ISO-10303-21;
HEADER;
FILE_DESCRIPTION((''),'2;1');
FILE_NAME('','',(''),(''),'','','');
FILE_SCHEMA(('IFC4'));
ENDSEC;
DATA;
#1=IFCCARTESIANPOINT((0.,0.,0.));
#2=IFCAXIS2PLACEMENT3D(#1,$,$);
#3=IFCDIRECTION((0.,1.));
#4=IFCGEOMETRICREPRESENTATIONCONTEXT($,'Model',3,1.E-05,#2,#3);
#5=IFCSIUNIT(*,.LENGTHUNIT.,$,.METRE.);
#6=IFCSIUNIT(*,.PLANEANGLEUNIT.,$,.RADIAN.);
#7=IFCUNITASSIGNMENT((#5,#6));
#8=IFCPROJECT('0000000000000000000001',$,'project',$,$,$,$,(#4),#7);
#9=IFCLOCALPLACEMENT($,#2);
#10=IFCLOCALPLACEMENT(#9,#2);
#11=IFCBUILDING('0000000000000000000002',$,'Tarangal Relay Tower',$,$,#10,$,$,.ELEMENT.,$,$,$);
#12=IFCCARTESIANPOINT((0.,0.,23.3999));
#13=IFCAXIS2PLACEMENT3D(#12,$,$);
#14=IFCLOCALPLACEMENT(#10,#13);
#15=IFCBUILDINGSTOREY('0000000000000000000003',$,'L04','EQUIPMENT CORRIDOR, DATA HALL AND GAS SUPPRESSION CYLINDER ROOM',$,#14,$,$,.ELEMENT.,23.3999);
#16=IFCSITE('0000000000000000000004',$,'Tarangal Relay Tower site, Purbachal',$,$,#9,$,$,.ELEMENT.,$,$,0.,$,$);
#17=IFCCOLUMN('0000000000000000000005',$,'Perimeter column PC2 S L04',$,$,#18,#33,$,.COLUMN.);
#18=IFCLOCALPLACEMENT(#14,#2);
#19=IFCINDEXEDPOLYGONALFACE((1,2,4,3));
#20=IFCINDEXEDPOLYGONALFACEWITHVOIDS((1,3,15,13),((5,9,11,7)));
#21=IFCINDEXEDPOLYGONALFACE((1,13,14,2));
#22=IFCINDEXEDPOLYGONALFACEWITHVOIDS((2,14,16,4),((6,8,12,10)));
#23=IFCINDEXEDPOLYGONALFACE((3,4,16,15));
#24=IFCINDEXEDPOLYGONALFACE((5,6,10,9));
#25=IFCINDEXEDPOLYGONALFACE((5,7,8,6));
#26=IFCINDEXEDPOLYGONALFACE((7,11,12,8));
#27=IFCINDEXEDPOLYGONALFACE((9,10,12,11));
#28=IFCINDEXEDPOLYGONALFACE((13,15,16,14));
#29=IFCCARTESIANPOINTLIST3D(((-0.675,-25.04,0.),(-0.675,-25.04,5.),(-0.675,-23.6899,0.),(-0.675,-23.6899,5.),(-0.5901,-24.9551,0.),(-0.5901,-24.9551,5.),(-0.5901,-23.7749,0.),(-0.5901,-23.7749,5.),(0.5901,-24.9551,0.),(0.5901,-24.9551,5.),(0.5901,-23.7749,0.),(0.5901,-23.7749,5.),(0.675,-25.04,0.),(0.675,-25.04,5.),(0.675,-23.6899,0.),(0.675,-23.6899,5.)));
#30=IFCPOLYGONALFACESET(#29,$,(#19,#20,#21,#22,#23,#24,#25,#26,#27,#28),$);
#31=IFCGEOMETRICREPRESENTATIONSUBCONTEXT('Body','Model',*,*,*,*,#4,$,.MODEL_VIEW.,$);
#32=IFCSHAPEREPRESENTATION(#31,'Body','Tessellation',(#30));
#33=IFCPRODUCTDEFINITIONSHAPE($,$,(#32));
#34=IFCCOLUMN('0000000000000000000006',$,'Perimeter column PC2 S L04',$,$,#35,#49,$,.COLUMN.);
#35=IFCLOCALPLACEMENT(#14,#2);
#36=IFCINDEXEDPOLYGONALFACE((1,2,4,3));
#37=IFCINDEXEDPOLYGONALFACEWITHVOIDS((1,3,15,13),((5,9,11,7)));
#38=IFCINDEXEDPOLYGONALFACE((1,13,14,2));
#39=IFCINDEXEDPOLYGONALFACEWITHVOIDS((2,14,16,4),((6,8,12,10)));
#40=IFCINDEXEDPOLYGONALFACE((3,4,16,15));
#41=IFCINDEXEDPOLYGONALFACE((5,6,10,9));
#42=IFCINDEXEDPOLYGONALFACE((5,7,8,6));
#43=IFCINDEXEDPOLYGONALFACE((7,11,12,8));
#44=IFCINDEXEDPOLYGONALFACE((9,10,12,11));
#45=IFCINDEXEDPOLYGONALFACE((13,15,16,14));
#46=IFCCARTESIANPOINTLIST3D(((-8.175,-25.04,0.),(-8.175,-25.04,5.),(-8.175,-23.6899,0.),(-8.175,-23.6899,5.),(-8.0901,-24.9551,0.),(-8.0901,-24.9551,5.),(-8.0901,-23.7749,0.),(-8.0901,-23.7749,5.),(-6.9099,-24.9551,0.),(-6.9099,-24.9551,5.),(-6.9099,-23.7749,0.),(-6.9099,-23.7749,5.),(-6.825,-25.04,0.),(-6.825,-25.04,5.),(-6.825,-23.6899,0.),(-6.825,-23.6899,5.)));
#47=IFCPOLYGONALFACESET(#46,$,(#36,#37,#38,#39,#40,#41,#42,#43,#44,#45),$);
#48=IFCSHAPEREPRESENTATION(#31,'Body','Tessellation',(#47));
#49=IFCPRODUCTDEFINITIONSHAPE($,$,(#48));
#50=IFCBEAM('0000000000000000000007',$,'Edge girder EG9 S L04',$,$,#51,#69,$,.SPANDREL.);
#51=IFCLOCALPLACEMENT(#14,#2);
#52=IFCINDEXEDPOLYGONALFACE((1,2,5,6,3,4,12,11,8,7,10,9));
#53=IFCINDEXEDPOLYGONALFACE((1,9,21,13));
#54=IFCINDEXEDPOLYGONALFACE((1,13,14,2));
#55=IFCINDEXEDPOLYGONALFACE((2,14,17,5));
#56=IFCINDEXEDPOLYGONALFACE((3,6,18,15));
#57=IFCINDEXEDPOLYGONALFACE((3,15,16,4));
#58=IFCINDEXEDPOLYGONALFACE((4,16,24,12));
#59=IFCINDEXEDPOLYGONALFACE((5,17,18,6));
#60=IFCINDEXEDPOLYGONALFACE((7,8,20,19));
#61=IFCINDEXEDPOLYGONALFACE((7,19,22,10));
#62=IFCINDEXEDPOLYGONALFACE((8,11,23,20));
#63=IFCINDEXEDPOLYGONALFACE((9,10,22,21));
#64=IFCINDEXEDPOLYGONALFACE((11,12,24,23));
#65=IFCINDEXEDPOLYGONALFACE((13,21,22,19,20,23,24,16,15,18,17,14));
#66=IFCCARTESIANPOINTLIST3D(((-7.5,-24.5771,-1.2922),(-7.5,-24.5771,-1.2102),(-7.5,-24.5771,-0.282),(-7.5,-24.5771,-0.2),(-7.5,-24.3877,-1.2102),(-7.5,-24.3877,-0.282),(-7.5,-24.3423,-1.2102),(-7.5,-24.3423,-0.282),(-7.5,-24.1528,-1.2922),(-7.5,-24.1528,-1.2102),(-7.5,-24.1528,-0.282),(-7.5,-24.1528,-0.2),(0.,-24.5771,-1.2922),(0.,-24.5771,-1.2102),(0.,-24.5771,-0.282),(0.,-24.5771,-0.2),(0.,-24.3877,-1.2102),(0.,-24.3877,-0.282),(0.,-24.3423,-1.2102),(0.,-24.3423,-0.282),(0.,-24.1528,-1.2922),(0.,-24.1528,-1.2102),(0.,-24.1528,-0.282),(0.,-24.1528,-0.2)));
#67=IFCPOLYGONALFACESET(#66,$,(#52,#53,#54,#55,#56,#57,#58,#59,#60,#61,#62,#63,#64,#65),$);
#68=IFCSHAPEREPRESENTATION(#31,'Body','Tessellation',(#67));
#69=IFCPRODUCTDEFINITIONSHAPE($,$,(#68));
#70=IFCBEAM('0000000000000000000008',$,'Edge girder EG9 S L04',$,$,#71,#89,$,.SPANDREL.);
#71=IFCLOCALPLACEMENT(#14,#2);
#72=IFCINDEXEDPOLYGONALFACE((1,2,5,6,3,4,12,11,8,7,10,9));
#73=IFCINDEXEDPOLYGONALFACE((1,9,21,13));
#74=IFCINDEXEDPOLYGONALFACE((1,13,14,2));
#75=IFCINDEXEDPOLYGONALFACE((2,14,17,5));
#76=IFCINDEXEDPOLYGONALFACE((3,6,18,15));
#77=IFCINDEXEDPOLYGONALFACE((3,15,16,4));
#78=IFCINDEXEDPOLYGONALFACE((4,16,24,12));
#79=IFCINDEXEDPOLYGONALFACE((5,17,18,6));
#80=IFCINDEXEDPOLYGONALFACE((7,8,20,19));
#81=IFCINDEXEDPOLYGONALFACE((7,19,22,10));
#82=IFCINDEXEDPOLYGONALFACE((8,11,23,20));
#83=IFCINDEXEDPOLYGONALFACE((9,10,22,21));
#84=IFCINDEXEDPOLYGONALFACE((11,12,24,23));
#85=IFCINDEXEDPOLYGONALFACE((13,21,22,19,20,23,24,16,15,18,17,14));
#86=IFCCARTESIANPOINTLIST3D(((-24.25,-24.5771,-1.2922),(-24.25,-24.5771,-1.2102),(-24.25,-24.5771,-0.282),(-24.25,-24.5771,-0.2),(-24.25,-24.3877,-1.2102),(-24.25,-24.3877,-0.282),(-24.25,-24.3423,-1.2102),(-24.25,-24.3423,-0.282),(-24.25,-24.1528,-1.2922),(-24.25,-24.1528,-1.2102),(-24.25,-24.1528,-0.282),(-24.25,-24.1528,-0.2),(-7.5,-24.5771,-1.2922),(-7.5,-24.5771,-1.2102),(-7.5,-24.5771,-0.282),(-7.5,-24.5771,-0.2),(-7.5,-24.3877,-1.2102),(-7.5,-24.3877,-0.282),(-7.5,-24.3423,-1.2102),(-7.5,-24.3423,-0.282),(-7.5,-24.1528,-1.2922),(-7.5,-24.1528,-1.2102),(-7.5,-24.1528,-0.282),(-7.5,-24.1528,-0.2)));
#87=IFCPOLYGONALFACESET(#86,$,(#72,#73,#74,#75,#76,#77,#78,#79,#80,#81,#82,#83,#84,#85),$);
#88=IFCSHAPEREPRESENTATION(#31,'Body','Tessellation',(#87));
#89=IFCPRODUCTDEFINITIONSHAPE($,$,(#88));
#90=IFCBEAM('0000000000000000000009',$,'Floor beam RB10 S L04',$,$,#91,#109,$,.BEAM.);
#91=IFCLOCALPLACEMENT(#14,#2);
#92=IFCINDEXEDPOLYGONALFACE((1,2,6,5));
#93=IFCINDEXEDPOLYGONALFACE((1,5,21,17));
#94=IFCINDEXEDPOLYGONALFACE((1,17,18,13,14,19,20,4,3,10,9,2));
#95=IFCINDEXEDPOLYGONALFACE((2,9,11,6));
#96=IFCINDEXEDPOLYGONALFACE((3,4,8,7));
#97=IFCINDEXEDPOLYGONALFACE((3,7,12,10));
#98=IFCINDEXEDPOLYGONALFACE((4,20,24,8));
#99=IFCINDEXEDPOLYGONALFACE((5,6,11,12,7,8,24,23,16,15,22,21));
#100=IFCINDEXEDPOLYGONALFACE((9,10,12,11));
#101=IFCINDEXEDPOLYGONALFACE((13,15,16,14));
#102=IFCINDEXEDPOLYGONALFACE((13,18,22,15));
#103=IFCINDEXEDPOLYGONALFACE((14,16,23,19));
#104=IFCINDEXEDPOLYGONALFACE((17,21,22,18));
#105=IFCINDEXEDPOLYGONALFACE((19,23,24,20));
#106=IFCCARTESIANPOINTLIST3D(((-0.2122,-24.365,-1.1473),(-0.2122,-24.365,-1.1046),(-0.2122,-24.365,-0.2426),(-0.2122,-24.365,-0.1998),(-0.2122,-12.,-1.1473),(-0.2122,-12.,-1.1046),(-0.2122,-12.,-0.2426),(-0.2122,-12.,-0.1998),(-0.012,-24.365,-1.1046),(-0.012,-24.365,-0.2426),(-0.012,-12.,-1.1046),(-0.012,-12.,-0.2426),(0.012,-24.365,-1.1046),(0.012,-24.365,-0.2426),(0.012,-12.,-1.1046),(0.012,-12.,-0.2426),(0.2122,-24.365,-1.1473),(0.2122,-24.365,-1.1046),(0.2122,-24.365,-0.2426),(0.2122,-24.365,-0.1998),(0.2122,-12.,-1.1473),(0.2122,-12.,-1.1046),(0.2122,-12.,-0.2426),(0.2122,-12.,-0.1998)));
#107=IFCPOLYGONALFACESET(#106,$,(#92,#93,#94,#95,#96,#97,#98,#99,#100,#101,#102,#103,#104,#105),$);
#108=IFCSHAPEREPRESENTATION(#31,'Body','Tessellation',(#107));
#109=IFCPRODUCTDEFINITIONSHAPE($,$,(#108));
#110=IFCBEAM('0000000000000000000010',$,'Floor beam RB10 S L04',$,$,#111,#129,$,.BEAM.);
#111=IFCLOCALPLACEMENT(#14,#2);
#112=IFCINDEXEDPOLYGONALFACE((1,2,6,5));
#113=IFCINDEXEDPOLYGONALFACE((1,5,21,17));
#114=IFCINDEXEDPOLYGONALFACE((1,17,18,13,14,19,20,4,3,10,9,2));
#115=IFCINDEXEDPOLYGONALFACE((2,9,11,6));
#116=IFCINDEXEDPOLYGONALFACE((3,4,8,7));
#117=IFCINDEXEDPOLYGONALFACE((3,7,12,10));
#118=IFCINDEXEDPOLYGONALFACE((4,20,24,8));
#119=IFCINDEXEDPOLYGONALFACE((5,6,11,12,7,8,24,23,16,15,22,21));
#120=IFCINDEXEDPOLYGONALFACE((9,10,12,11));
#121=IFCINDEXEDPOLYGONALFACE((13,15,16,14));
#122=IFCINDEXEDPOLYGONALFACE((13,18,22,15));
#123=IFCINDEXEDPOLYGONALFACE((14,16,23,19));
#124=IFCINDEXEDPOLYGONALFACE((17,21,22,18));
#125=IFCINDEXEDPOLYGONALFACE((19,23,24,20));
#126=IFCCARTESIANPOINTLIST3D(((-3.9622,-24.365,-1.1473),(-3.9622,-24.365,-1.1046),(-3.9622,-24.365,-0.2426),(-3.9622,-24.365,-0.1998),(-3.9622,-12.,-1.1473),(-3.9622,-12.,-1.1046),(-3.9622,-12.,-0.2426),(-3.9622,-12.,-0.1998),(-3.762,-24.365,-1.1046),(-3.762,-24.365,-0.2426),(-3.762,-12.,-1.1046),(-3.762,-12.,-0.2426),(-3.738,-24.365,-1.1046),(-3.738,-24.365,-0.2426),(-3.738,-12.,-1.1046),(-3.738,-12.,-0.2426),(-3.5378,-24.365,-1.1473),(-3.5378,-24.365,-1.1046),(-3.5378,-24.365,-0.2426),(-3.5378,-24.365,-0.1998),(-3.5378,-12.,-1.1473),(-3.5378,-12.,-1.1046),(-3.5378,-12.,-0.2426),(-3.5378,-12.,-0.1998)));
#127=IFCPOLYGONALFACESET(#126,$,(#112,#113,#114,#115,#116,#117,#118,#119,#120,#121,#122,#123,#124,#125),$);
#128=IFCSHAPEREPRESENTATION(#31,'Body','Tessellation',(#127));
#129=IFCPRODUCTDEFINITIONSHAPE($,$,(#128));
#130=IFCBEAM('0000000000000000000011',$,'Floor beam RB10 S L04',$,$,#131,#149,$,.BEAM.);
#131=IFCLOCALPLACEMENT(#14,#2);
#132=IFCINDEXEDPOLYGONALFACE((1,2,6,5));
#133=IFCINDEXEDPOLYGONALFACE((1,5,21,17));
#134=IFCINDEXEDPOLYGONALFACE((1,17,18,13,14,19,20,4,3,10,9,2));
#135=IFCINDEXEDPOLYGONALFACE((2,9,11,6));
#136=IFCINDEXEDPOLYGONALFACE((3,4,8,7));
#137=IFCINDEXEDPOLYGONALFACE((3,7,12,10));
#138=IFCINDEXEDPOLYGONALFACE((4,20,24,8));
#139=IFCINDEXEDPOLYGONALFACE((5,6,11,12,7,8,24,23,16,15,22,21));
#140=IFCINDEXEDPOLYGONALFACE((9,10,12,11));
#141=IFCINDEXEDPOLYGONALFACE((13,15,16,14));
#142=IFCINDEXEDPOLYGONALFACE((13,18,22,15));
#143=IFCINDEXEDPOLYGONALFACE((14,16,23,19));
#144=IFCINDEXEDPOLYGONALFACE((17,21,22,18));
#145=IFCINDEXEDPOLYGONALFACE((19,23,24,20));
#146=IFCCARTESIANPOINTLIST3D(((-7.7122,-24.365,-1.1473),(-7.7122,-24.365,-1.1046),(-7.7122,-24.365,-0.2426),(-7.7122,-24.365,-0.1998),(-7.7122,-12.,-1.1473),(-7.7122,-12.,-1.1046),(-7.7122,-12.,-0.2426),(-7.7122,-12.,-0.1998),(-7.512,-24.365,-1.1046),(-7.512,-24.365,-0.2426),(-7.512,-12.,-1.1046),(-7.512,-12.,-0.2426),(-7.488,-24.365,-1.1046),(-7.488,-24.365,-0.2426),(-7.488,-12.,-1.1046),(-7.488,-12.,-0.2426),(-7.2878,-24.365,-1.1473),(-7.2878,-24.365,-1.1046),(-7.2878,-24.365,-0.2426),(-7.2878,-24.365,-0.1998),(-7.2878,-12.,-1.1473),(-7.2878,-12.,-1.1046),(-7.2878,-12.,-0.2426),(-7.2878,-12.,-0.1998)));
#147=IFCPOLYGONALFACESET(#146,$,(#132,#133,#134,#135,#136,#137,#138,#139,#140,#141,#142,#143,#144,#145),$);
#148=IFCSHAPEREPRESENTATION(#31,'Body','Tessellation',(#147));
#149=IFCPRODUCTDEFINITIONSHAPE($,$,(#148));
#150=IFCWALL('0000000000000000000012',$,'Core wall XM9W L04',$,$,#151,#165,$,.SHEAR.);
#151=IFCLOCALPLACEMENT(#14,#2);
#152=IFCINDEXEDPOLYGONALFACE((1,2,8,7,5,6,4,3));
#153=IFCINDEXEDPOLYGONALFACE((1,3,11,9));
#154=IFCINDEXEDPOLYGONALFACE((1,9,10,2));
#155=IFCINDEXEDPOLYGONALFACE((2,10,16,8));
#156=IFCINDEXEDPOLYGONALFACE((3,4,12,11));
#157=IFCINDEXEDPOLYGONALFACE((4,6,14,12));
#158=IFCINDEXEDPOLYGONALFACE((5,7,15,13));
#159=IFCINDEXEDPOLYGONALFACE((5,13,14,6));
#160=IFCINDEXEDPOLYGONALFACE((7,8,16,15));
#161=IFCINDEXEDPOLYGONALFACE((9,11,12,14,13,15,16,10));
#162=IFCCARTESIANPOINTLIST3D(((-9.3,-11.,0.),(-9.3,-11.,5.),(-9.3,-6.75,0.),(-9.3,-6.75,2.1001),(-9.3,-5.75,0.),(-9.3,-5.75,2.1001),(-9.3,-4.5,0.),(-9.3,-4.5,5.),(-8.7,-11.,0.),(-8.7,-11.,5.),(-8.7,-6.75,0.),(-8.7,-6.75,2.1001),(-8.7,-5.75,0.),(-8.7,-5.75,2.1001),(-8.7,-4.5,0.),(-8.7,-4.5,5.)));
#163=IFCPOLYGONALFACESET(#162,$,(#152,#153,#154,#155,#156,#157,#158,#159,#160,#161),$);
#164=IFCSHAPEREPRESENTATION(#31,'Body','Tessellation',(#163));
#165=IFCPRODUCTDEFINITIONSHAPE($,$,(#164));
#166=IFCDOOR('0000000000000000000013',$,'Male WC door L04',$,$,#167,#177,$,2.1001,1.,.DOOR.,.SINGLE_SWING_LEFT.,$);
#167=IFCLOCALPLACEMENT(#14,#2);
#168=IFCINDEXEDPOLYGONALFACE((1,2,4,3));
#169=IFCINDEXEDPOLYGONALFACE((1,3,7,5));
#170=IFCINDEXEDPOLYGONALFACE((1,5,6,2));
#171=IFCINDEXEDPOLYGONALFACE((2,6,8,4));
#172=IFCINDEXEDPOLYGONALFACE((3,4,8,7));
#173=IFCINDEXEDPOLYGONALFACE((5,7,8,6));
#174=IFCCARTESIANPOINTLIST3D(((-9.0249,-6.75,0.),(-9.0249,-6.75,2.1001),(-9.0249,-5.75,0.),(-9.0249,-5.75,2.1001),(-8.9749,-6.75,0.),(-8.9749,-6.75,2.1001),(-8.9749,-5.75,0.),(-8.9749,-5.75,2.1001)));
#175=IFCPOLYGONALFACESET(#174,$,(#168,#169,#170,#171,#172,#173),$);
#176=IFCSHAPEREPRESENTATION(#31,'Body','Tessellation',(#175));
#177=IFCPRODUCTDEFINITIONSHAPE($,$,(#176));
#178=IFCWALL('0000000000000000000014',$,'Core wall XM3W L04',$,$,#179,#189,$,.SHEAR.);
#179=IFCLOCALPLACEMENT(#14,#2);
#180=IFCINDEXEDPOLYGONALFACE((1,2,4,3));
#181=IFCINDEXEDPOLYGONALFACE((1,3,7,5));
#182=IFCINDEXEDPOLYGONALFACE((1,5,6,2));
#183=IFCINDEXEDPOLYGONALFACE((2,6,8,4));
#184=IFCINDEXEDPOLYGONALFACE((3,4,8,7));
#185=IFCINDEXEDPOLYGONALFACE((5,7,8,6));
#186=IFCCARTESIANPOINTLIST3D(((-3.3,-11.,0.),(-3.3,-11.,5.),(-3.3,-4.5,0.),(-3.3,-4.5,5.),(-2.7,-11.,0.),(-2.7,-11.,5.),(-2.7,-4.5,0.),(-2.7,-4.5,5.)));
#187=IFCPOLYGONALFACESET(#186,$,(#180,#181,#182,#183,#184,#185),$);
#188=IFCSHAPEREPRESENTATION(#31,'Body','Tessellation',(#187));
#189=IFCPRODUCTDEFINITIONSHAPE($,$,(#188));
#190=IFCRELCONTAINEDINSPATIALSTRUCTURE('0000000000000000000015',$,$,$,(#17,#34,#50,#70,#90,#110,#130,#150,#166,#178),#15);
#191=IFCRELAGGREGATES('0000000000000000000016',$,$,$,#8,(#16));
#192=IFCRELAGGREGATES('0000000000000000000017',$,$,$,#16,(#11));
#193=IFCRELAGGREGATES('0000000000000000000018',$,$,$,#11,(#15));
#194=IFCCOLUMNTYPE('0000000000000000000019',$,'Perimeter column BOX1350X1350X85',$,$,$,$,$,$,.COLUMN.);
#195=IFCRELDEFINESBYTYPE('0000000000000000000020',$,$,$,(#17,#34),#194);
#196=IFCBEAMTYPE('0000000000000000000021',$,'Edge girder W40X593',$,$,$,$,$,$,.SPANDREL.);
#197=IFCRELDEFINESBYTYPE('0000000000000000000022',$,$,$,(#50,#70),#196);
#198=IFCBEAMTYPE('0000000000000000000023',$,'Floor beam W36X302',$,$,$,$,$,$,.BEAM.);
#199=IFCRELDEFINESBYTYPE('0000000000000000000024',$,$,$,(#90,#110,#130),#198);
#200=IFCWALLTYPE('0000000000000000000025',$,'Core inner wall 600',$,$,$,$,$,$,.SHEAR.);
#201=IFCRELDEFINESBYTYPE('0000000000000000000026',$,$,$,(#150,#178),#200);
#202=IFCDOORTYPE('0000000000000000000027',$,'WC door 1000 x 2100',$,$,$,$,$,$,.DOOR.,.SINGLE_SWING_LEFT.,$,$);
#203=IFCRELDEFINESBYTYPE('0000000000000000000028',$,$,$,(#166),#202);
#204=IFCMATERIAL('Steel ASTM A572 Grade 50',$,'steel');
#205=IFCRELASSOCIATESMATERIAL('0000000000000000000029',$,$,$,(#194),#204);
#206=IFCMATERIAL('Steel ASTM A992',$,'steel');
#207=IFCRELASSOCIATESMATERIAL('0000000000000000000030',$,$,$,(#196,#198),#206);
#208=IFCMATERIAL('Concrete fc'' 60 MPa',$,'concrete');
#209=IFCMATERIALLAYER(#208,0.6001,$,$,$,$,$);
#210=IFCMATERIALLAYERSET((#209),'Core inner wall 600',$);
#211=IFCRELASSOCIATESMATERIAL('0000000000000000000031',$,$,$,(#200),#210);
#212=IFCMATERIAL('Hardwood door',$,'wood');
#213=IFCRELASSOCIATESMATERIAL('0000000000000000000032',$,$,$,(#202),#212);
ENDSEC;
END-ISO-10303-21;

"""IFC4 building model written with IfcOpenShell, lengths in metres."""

from ifc_helpers import new_model, si_unit, direction, frame, frame_2d, origin, origin_2d, place, context, subcontext, project, spatial, rectangle, hollow_rectangle, i_section, extrude, material, layer, layer_set, material_profile, profile_set, type_object, element, fill, save


model = new_model("IFC4")

# Units and contexts
model_context = context("Model", 3, precision=1e-05, world=origin(), true_north=direction((0.0, 1.0)))
body_context = subcontext(model_context, "Body", "Model", "MODEL_VIEW")
ifc_project = project(units=[si_unit("LENGTHUNIT", "METRE"), si_unit("PLANEANGLEUNIT", "RADIAN")], contexts=[model_context])

# Site, building, storey
site_placement = place(None, origin())
site = spatial("IfcSite", under=ifc_project, at=site_placement, Name="Tarangal Relay Tower site, Purbachal", CompositionType="ELEMENT", RefElevation=0.0)
building_placement = place(site_placement, origin())
building = spatial("IfcBuilding", under=site, at=building_placement, Name="Tarangal Relay Tower", CompositionType="ELEMENT")
storey_placement = place(building_placement, frame((0.0, 0.0, 23.3999)))
storey = spatial("IfcBuildingStorey", under=building, at=storey_placement, Name="L04", Description="EQUIPMENT CORRIDOR, DATA HALL AND GAS SUPPRESSION CYLINDER ROOM", CompositionType="ELEMENT", Elevation=23.3999)

# Columns
ifc_material_1 = material(Name="Steel ASTM A572 Grade 50", Category="steel")
ifc_material_profile_1 = material_profile(ifc_material_1, hollow_rectangle(XDim=1.3501, YDim=1.3501, WallThickness=0.085, at=origin_2d()), Name="BOX1350X1350X85")
ifc_profile_set_1 = profile_set([ifc_material_profile_1], Name="Steel ASTM A572 Grade 50")
column_type = type_object("IfcColumnType", Name="Perimeter column BOX1350X1350X85", PredefinedType="COLUMN", material=ifc_profile_set_1)
for number, where, z_axis, x_axis, name in (
    (1, (0.0, -24.365, 0.0), (0.0, 0.0, 1.0), (1.0, 0.0, 0.0), "Perimeter column PC2 S L04"),
    (2, (-7.5, -24.365, 0.0), (0.0, 0.0, 1.0), (1.0, 0.0, 0.0), "Perimeter column PC2 S L04"),
):
    element("IfcColumn", number, at=place(storey_placement, frame(where, z_axis=z_axis, x_axis=x_axis)), inside=storey, type_object=column_type, Name=name, PredefinedType="COLUMN", context=body_context, shape_type="SweptSolid", body=[
        extrude(hollow_rectangle(XDim=1.3501, YDim=1.3501, WallThickness=0.085, at=origin_2d()), origin(), (0.0, 0.0, 1.0), 5.0),
    ])

# Beams
ifc_material_2 = material(Name="Steel ASTM A992", Category="steel")
ifc_material_profile_2 = material_profile(ifc_material_2, i_section(OverallWidth=0.4243, OverallDepth=1.0923, WebThickness=0.0454, FlangeThickness=0.082, at=origin_2d()), Name="W40X593")
ifc_profile_set_2 = profile_set([ifc_material_profile_2], Name="Steel ASTM A992")
beam_type_1 = type_object("IfcBeamType", Name="Edge girder W40X593", PredefinedType="SPANDREL", material=ifc_profile_set_2)
beam_1_placement = place(storey_placement, frame((0.0, -24.365, -0.7461), z_axis=(-1.0, 0.0, 0.0), x_axis=(0.0, -1.0, 0.0)))
element("IfcBeam", 3, at=beam_1_placement, inside=storey, type_object=beam_type_1, Name="Edge girder EG9 S L04", PredefinedType="SPANDREL", context=body_context, shape_type="SweptSolid", body=[
    extrude(i_section(OverallWidth=0.4243, OverallDepth=1.0923, WebThickness=0.0454, FlangeThickness=0.082, at=origin_2d()), origin(), (0.0, 0.0, 1.0), 7.5),
])
beam_2_placement = place(storey_placement, frame((-7.5, -24.365, -0.7461), z_axis=(-1.0, 0.0, 0.0), x_axis=(0.0, -1.0, 0.0)))
element("IfcBeam", 4, at=beam_2_placement, inside=storey, type_object=beam_type_1, Name="Edge girder EG9 S L04", PredefinedType="SPANDREL", context=body_context, shape_type="SweptSolid", body=[
    extrude(i_section(OverallWidth=0.4243, OverallDepth=1.0923, WebThickness=0.0454, FlangeThickness=0.082, at=origin_2d()), origin(), (0.0, 0.0, 1.0), 16.75),
])
ifc_material_profile_3 = material_profile(ifc_material_2, i_section(OverallWidth=0.4243, OverallDepth=0.9475, WebThickness=0.0239, FlangeThickness=0.0427, at=origin_2d()), Name="W36X302")
ifc_profile_set_3 = profile_set([ifc_material_profile_3], Name="Steel ASTM A992")
beam_type_2 = type_object("IfcBeamType", Name="Floor beam W36X302", PredefinedType="BEAM", material=ifc_profile_set_3)
for number, where, z_axis, x_axis, name in (
    (5, (0.0, -12.0, -0.6736), (0.0, -1.0, 0.0), (1.0, 0.0, 0.0), "Floor beam RB10 S L04"),
    (6, (-3.75, -12.0, -0.6736), (0.0, -1.0, 0.0), (1.0, 0.0, 0.0), "Floor beam RB10 S L04"),
    (7, (-7.5, -12.0, -0.6736), (0.0, -1.0, 0.0), (1.0, 0.0, 0.0), "Floor beam RB10 S L04"),
):
    element("IfcBeam", number, at=place(storey_placement, frame(where, z_axis=z_axis, x_axis=x_axis)), inside=storey, type_object=beam_type_2, Name=name, PredefinedType="BEAM", context=body_context, shape_type="SweptSolid", body=[
        extrude(i_section(OverallWidth=0.4243, OverallDepth=0.9475, WebThickness=0.0239, FlangeThickness=0.0427, at=origin_2d()), origin(), (0.0, 0.0, 1.0), 12.365),
    ])

# Wall, opening, door
ifc_material_3 = material(Name="Concrete fc' 60 MPa", Category="concrete")
ifc_layer_1 = layer(ifc_material_3, 0.6001)
ifc_layer_set_1 = layer_set([ifc_layer_1], Name="Core inner wall 600")
wall_type_1 = type_object("IfcWallType", Name="Core inner wall 600", PredefinedType="SHEAR", material=ifc_layer_set_1)
wall_1_placement = place(storey_placement, frame((-9.0, -11.0, 0.0), z_axis=(0.0, 0.0, 1.0), x_axis=(0.0, 1.0, 0.0)))
wall_1 = element("IfcWall", 8, at=wall_1_placement, inside=storey, type_object=wall_type_1, Name="Core wall XM9W L04", PredefinedType="SHEAR", context=body_context, shape_type="SweptSolid", body=[
    extrude(rectangle(XDim=6.5, YDim=0.6001, at=frame_2d((3.25, 0.0))), origin(), (0.0, 0.0, 1.0), 5.0),
])
opening_1_placement = place(wall_1_placement, frame((4.25, 0.0, 0.0)))
opening_1 = element("IfcOpeningElement", 9, at=opening_1_placement, cuts=wall_1, PredefinedType="OPENING", context=body_context, shape_type="SweptSolid", body=[
    extrude(rectangle(XDim=1.0, YDim=2.1001, at=frame_2d((0.5, 1.05))), frame((0.0, 0.3101, 0.0), z_axis=(0.0, -1.0, 0.0), x_axis=(1.0, 0.0, 0.0)), (0.0, 0.0, 1.0), 0.6201),
])
ifc_material_4 = material(Name="Hardwood door", Category="wood")
door_type = type_object("IfcDoorType", Name="WC door 1000 x 2100", OperationType="SINGLE_SWING_LEFT", PredefinedType="DOOR", material=ifc_material_4)
door_1_placement = place(opening_1_placement, origin())
door_1 = element("IfcDoor", 10, at=door_1_placement, inside=storey, type_object=door_type, Name="Male WC door L04", OperationType="SINGLE_SWING_LEFT", OverallHeight=2.1001, OverallWidth=1.0, PredefinedType="DOOR", context=body_context, shape_type="SweptSolid", body=[
    extrude(rectangle(XDim=1.0, YDim=2.1001, at=frame_2d((0.5, 1.05))), frame((0.0, 0.0249, 0.0), z_axis=(0.0, -1.0, 0.0), x_axis=(1.0, 0.0, 0.0)), (0.0, 0.0, 1.0), 0.05),
])
fill(opening_1, door_1)

# Wall
wall_2_placement = place(storey_placement, frame((-3.0, -11.0, 0.0), z_axis=(0.0, 0.0, 1.0), x_axis=(0.0, 1.0, 0.0)))
element("IfcWall", 11, at=wall_2_placement, inside=storey, type_object=wall_type_1, Name="Core wall XM3W L04", PredefinedType="SHEAR", context=body_context, shape_type="SweptSolid", body=[
    extrude(rectangle(XDim=6.5, YDim=0.6001, at=frame_2d((3.25, 0.0))), origin(), (0.0, 0.0, 1.0), 5.0),
])

save(model, "model.ifc")
